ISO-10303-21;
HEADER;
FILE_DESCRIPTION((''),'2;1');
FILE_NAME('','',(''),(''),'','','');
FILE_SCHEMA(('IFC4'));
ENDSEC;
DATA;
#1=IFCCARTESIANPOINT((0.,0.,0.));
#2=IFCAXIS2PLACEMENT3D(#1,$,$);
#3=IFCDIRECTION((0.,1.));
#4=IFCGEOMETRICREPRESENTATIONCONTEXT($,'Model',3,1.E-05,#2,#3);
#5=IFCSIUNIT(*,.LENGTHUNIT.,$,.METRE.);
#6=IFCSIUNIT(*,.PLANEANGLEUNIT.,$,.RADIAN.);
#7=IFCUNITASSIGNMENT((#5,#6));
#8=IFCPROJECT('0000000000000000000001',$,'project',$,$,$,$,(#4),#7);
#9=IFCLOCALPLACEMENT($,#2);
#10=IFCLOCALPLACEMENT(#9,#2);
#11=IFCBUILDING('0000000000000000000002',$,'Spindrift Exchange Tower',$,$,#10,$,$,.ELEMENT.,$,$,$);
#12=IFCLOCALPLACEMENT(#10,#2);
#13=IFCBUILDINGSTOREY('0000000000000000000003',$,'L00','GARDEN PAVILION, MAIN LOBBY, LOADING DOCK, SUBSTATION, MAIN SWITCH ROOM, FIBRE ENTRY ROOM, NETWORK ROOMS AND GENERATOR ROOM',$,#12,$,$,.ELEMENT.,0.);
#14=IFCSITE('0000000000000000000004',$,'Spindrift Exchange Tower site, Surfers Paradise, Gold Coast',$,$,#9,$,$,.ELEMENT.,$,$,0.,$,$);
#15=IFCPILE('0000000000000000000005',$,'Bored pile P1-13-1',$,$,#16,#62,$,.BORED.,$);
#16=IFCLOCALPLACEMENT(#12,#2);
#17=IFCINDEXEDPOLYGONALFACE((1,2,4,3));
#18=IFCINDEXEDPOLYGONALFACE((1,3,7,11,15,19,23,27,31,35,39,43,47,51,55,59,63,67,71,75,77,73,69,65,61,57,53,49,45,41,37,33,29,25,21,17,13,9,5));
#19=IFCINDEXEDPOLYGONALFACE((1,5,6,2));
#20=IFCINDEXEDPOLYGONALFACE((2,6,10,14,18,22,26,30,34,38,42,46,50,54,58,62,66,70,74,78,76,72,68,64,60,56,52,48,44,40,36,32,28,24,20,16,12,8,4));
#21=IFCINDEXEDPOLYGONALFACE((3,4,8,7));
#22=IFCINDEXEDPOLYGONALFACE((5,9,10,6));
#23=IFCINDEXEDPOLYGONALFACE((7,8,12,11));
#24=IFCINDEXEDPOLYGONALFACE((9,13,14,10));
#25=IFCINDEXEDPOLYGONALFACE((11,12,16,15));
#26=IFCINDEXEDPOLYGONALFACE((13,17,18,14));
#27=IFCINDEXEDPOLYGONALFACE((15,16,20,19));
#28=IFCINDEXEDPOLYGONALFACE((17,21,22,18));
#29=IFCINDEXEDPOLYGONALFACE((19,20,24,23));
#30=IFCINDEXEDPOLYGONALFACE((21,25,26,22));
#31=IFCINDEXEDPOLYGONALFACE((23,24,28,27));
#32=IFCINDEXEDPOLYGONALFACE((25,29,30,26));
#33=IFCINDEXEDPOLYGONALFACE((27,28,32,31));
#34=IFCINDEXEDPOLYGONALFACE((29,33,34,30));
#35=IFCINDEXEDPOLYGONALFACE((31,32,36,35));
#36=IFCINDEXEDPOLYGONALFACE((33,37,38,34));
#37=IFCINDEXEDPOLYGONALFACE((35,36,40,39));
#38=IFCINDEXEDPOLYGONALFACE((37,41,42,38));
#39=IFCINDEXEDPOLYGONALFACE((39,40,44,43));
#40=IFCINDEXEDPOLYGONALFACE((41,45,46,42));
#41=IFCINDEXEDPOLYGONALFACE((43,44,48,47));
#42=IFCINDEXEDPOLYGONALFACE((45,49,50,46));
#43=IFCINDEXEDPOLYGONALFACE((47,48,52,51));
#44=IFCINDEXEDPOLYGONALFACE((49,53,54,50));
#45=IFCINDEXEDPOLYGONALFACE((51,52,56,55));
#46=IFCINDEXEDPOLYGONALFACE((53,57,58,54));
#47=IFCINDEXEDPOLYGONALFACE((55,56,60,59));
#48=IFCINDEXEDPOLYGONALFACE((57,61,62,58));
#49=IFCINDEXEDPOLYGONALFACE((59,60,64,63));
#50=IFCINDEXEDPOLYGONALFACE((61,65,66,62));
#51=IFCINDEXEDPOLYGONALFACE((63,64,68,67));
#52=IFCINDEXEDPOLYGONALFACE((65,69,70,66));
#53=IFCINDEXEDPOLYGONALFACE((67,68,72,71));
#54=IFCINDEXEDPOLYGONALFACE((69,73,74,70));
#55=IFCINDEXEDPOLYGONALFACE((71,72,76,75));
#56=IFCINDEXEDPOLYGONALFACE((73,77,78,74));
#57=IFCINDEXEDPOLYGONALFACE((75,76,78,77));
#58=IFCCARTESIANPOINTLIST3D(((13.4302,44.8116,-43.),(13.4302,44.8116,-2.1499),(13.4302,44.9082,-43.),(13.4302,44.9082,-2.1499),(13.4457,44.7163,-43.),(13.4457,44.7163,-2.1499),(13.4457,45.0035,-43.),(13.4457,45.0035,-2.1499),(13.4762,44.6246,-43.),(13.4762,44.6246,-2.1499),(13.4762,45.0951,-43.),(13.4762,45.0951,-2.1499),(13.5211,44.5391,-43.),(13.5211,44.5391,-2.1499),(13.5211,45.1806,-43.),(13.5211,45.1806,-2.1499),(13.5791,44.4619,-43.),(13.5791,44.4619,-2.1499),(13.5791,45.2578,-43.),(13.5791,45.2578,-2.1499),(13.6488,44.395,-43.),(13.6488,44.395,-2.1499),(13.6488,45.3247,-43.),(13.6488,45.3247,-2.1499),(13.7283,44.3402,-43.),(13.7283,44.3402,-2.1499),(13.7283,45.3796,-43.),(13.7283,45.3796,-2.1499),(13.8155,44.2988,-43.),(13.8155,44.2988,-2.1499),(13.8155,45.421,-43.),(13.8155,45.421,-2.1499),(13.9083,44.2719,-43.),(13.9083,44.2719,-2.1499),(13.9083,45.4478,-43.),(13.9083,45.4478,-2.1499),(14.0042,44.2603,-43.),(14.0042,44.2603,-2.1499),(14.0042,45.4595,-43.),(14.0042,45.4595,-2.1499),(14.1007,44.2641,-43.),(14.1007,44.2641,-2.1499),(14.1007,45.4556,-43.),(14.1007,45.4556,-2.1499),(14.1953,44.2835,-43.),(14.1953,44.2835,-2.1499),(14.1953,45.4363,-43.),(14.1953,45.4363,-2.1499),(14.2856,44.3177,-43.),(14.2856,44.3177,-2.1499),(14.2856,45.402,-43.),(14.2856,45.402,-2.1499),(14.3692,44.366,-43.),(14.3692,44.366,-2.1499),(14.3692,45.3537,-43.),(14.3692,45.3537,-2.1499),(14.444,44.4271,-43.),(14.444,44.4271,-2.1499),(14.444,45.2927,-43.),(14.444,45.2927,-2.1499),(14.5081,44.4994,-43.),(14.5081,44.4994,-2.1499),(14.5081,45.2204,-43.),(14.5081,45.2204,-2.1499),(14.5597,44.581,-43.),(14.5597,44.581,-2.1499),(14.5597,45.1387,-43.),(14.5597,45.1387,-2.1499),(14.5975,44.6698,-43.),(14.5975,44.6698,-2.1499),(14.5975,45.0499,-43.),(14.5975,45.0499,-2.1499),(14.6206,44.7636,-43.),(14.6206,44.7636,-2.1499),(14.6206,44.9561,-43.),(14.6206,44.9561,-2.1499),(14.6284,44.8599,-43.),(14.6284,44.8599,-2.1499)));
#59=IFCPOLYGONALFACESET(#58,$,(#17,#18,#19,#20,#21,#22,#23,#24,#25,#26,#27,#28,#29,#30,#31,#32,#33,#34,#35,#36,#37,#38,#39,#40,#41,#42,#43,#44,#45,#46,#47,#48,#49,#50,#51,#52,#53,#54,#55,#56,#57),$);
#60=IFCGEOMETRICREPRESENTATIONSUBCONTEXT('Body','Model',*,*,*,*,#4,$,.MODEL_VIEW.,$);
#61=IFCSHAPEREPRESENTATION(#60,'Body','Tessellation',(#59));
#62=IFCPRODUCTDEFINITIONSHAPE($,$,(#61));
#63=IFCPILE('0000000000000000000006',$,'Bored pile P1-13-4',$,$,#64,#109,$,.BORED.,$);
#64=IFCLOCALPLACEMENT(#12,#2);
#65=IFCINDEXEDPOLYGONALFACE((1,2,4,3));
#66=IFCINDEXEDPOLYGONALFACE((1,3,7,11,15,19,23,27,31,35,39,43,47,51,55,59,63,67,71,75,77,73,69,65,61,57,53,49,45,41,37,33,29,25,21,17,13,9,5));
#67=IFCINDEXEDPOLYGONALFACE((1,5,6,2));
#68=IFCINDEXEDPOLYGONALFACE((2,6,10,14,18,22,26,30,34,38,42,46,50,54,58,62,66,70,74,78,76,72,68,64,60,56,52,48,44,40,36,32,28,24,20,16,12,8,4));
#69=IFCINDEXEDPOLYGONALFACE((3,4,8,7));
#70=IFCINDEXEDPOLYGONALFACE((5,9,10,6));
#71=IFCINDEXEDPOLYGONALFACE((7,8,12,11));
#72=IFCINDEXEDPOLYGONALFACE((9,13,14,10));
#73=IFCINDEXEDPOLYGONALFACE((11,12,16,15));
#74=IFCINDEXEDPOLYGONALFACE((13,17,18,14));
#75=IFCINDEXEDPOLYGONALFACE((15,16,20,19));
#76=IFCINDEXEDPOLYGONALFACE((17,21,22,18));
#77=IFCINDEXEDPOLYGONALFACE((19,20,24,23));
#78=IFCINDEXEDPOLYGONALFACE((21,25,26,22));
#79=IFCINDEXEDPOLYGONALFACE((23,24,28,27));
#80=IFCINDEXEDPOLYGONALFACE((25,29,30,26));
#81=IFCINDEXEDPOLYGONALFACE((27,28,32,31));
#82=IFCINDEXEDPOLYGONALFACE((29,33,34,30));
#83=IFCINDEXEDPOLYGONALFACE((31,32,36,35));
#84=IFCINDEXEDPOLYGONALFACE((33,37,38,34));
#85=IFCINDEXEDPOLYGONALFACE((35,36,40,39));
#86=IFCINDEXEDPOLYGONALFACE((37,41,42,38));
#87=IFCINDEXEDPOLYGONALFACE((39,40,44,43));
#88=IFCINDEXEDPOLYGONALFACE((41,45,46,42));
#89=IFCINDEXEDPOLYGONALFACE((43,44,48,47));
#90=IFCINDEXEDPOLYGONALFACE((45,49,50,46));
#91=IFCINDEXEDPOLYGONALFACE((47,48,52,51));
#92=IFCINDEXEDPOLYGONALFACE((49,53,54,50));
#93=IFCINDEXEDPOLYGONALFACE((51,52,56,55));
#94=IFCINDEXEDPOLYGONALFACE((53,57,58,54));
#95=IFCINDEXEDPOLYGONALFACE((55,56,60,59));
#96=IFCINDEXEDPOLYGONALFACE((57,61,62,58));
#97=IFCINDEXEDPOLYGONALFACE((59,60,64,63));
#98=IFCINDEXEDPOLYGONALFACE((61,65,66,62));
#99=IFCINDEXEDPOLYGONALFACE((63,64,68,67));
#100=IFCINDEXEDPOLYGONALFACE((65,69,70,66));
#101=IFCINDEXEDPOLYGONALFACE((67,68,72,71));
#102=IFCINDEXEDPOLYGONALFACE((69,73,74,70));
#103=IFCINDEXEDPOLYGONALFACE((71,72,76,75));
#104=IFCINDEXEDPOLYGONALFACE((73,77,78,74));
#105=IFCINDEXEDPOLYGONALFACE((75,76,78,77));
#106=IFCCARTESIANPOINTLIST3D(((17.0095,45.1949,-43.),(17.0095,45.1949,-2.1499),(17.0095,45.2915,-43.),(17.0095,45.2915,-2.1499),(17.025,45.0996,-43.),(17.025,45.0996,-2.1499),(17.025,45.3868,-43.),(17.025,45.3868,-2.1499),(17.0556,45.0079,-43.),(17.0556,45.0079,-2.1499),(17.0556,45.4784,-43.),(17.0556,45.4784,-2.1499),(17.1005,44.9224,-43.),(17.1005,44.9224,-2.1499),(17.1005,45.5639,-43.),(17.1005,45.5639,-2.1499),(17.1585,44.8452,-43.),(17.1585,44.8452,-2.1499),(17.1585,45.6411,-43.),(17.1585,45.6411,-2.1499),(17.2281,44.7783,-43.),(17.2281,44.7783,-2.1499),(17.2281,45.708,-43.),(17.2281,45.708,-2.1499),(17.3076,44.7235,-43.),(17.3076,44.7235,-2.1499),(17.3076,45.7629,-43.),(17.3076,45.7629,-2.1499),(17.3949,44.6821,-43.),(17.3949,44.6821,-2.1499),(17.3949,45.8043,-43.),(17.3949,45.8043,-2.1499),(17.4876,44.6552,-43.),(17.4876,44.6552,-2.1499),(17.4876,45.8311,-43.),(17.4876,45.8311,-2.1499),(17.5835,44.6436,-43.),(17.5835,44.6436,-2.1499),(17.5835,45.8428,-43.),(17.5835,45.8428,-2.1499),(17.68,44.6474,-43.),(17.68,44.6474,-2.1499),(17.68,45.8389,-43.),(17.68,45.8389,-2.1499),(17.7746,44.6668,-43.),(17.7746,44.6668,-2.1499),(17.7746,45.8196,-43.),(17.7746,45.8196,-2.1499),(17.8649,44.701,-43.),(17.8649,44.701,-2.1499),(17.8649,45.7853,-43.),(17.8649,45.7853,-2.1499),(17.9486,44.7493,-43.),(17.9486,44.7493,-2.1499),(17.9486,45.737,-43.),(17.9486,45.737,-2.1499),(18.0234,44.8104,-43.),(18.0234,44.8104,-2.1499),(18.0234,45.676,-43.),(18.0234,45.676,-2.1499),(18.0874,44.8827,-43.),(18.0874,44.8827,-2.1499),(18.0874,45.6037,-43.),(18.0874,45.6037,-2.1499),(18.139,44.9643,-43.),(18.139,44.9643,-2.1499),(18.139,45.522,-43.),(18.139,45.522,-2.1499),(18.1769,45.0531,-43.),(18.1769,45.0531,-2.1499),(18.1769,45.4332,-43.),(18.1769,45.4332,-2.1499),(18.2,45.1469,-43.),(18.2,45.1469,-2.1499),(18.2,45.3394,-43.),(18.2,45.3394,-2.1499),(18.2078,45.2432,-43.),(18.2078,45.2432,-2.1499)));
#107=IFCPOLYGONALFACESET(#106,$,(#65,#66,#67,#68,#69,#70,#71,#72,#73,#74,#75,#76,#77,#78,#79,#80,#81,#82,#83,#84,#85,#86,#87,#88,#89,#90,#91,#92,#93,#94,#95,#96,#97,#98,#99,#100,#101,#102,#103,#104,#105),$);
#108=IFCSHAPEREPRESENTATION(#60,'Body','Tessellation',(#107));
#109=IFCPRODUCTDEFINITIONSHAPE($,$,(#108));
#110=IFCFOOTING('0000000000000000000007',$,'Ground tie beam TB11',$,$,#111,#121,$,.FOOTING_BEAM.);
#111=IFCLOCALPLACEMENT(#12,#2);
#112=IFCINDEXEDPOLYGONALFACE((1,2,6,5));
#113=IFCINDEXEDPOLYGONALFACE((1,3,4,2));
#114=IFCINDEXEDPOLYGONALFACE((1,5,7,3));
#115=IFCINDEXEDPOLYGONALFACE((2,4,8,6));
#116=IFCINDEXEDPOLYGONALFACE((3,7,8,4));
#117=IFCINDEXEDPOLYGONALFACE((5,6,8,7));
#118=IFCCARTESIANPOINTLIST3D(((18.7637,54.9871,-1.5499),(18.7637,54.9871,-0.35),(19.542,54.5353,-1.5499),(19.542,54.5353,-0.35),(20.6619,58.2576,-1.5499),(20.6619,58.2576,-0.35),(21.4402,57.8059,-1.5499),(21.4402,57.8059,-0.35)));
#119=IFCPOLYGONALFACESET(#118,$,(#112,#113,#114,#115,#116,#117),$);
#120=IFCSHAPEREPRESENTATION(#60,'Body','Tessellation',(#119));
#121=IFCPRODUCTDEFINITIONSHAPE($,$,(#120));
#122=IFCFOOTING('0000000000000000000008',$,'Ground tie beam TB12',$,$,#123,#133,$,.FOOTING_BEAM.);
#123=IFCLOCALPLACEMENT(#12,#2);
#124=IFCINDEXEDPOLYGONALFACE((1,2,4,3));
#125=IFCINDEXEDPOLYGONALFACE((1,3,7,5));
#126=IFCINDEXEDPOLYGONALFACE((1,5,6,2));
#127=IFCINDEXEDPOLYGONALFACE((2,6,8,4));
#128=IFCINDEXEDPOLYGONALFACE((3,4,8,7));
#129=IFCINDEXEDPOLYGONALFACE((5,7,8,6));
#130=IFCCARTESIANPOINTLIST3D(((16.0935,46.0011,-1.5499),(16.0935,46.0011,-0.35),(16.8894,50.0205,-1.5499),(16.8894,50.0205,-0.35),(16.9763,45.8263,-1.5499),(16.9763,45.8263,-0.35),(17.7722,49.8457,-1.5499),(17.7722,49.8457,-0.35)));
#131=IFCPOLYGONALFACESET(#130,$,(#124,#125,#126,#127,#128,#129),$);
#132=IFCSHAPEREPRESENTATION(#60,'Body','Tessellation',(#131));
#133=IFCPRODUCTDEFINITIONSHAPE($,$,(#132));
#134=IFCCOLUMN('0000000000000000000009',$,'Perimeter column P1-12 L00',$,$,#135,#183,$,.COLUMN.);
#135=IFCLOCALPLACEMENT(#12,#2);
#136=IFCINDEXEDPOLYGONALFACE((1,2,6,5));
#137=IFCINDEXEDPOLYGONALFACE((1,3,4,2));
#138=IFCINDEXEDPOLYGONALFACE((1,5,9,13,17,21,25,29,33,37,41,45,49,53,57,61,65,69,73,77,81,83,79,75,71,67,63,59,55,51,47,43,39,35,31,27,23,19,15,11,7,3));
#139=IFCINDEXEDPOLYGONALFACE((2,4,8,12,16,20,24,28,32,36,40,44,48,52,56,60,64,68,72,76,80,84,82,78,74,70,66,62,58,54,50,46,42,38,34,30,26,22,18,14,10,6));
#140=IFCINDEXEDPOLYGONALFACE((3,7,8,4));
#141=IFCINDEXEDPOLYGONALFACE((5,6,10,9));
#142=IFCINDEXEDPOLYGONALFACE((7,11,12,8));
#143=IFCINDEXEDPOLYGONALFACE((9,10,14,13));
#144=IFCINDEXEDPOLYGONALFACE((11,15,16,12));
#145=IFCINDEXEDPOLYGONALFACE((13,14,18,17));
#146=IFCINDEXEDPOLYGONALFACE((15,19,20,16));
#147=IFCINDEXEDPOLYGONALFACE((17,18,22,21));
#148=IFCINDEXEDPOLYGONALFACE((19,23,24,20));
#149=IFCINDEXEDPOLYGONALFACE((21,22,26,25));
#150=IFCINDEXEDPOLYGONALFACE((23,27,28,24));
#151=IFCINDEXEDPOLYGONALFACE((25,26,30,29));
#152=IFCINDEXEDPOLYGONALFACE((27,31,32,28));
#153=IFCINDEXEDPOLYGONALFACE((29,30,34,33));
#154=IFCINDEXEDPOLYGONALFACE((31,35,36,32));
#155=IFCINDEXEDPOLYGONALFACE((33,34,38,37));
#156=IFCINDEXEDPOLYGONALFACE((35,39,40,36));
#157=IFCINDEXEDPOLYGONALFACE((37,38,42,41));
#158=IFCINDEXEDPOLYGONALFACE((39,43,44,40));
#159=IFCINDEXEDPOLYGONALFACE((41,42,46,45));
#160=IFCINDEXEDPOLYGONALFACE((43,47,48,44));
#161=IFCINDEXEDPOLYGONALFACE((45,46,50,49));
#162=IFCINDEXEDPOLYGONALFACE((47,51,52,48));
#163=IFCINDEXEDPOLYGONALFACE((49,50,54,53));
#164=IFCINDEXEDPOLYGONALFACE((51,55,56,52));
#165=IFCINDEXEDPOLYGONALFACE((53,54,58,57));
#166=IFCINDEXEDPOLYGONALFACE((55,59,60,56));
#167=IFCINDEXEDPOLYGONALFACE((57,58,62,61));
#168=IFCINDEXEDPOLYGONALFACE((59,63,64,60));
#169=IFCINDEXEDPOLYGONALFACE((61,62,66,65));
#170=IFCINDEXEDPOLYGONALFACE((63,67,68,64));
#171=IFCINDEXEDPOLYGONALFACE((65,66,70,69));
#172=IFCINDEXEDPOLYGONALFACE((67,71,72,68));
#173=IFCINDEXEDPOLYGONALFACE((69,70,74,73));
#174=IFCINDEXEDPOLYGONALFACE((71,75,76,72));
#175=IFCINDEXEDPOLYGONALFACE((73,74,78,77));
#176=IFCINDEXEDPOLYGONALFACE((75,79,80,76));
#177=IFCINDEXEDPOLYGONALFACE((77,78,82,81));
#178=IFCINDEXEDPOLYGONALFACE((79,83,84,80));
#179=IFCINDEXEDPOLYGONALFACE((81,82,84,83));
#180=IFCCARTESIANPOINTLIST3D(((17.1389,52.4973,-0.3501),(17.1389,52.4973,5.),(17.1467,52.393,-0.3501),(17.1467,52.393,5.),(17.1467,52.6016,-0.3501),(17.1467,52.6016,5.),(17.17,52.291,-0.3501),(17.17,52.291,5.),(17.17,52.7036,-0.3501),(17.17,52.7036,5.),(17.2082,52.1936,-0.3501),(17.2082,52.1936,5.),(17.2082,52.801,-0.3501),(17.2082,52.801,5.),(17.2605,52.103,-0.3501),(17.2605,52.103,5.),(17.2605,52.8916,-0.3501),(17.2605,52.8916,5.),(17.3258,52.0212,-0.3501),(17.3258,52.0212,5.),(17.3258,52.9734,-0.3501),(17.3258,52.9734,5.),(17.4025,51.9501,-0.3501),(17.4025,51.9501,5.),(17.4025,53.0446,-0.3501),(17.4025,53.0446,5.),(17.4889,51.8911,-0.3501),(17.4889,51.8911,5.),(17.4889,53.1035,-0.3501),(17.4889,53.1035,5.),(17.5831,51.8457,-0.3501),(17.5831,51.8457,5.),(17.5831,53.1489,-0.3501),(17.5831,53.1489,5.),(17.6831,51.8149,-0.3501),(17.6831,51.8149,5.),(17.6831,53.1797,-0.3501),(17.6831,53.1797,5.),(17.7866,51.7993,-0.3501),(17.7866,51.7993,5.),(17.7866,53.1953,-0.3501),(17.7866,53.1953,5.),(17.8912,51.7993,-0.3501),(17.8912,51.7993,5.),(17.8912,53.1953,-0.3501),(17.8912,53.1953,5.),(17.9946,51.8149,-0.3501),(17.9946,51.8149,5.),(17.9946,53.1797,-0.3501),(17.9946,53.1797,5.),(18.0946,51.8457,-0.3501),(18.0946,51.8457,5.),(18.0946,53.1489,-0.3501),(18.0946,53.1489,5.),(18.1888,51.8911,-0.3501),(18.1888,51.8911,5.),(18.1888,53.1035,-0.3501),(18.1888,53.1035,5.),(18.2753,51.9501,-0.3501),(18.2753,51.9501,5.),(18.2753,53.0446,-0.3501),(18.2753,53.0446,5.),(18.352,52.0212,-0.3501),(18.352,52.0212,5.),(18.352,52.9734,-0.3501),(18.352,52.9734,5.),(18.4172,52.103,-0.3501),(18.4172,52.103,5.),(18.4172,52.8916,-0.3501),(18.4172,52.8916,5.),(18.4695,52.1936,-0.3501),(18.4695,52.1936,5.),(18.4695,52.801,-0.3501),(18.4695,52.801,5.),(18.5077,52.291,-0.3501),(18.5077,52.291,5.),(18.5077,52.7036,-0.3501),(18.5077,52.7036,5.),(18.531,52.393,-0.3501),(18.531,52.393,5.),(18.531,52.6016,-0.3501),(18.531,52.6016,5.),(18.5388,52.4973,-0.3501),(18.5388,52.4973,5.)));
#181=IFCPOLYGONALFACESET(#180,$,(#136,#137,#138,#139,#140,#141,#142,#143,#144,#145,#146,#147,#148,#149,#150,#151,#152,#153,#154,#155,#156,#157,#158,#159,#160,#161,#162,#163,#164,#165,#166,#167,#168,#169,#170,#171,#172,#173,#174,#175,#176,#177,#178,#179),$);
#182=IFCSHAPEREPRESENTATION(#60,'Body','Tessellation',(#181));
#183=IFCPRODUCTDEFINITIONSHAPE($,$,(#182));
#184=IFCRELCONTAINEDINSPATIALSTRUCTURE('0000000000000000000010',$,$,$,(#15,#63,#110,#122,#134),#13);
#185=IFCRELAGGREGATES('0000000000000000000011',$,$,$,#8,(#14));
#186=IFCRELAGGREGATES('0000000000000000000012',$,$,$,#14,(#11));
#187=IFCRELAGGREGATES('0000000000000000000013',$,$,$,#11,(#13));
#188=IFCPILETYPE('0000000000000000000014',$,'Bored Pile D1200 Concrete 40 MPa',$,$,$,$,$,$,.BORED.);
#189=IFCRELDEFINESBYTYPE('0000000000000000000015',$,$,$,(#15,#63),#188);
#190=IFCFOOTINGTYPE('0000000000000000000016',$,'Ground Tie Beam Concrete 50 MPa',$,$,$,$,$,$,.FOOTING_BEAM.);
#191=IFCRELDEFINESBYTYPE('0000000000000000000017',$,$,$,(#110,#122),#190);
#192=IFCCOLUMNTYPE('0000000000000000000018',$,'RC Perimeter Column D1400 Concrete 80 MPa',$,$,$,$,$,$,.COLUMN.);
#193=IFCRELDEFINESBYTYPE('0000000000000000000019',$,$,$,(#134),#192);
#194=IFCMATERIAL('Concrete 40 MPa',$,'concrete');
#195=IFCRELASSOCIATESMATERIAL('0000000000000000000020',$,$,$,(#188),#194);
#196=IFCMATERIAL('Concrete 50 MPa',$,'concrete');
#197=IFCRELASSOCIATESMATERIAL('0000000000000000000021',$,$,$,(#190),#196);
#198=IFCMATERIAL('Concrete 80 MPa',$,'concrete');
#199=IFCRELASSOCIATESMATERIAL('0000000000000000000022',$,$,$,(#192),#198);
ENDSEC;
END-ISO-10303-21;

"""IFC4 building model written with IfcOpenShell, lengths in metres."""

from ifc_helpers import new_model, si_unit, direction, frame, origin, origin_2d, place, context, subcontext, project, spatial, rectangle, circle, extrude, source, transform, mapped, material, material_profile, profile_set, type_object, element, save


model = new_model("IFC4")

# Units and contexts
model_context = context("Model", 3, precision=1e-05, world=origin(), true_north=direction((0.0, 1.0)))
body_context = subcontext(model_context, "Body", "Model", "MODEL_VIEW")
ifc_project = project(units=[si_unit("LENGTHUNIT", "METRE"), si_unit("PLANEANGLEUNIT", "RADIAN")], contexts=[model_context])

# Site, building, storey
site_placement = place(None, origin())
site = spatial("IfcSite", under=ifc_project, at=site_placement, Name="Spindrift Exchange Tower site, Surfers Paradise, Gold Coast", CompositionType="ELEMENT", RefElevation=0.0)
building_placement = place(site_placement, origin())
building = spatial("IfcBuilding", under=site, at=building_placement, Name="Spindrift Exchange Tower", CompositionType="ELEMENT")
storey_placement = place(building_placement, origin())
storey = spatial("IfcBuildingStorey", under=building, at=storey_placement, Name="L00", Description="GARDEN PAVILION, MAIN LOBBY, LOADING DOCK, SUBSTATION, MAIN SWITCH ROOM, FIBRE ENTRY ROOM, NETWORK ROOMS AND GENERATOR ROOM", CompositionType="ELEMENT", Elevation=0.0)

# Piles
ifc_material_1 = material(Name="Concrete 40 MPa", Category="concrete")
ifc_material_profile_1 = material_profile(ifc_material_1, circle(Radius=0.6001, at=origin_2d()), Name="BP D1200")
ifc_profile_set_1 = profile_set([ifc_material_profile_1], Name="Concrete 40 MPa")
pile_type_1 = type_object("IfcPileType", Name="Bored Pile D1200 Concrete 40 MPa", PredefinedType="BORED", material=ifc_profile_set_1)
shared_shape_1 = source(origin(), body_context, "Body", "SweptSolid", [
    extrude(circle(Radius=0.6001, at=origin_2d()), origin(), (0.0, 0.0, 1.0), 40.8501),
])
for number, where, z_axis, x_axis, name in (
    (1, (14.0283, 44.8599, -2.1499), (0.0, 0.0, -1.0), (1.0, 0.0, 0.0), "Bored pile P1-13-1"),
    (2, (17.6077, 45.2432, -2.1499), (0.0, 0.0, -1.0), (1.0, 0.0, 0.0), "Bored pile P1-13-4"),
):
    element("IfcPile", number, at=place(storey_placement, frame(where, z_axis=z_axis, x_axis=x_axis)), inside=storey, type_object=pile_type_1, Name=name, PredefinedType="BORED", context=body_context, shape_type="MappedRepresentation", body=[
        mapped(shared_shape_1, transform((0.0, 0.0, 0.0), scale=1.0)),
    ])

# Footings
ifc_material_2 = material(Name="Concrete 50 MPa", Category="concrete")
ifc_material_profile_2 = material_profile(ifc_material_2, rectangle(XDim=0.8999, YDim=1.2, at=origin_2d()), Name="RC 900x1200")
ifc_profile_set_2 = profile_set([ifc_material_profile_2], Name="Concrete 50 MPa")
footing_type = type_object("IfcFootingType", Name="Ground Tie Beam Concrete 50 MPa", PredefinedType="FOOTING_BEAM", material=ifc_profile_set_2)
shared_shape_2 = source(origin(), body_context, "Body", "SweptSolid", [
    extrude(rectangle(XDim=0.8999, YDim=1.2, at=origin_2d()), origin(), (0.0, 0.0, 1.0), 3.7815),
])
footing_1_placement = place(storey_placement, frame((21.051, 58.0317, -0.95), z_axis=(-0.501975, -0.864882, 0.0), x_axis=(0.864882, -0.501975, 0.0)))
element("IfcFooting", 3, at=footing_1_placement, inside=storey, type_object=footing_type, Name="Ground tie beam TB11", PredefinedType="FOOTING_BEAM", context=body_context, shape_type="MappedRepresentation", body=[
    mapped(shared_shape_2, transform((0.0, 0.0, 0.0), scale=1.0)),
])
shared_shape_3 = source(origin(), body_context, "Body", "SweptSolid", [
    extrude(rectangle(XDim=0.8999, YDim=1.2, at=origin_2d()), origin(), (0.0, 0.0, 1.0), 4.0974),
])
footing_2_placement = place(storey_placement, frame((17.3308, 49.9331, -0.95), z_axis=(-0.194248, -0.980952, 0.0), x_axis=(0.980952, -0.194248, 0.0)))
element("IfcFooting", 4, at=footing_2_placement, inside=storey, type_object=footing_type, Name="Ground tie beam TB12", PredefinedType="FOOTING_BEAM", context=body_context, shape_type="MappedRepresentation", body=[
    mapped(shared_shape_3, transform((0.0, 0.0, 0.0), scale=1.0)),
])

# Column
ifc_material_3 = material(Name="Concrete 80 MPa", Category="concrete")
ifc_material_profile_3 = material_profile(ifc_material_3, circle(Radius=0.7, at=origin_2d()), Name="RC D1400")
ifc_profile_set_3 = profile_set([ifc_material_profile_3], Name="Concrete 80 MPa")
column_type_1 = type_object("IfcColumnType", Name="RC Perimeter Column D1400 Concrete 80 MPa", PredefinedType="COLUMN", material=ifc_profile_set_3)
shared_shape_4 = source(origin(), body_context, "Body", "SweptSolid", [
    extrude(circle(Radius=0.7, at=origin_2d()), origin(), (0.0, 0.0, 1.0), 5.3501),
])
column_1_placement = place(storey_placement, frame((17.8389, 52.4973, -0.3501), z_axis=(0.0, 0.0, 1.0), x_axis=(1.0, 0.0, 0.0)))
element("IfcColumn", 5, at=column_1_placement, inside=storey, type_object=column_type_1, Name="Perimeter column P1-12 L00", PredefinedType="COLUMN", context=body_context, shape_type="MappedRepresentation", body=[
    mapped(shared_shape_4, transform((0.0, 0.0, 0.0), scale=1.0)),
])

save(model, "model.ifc")
